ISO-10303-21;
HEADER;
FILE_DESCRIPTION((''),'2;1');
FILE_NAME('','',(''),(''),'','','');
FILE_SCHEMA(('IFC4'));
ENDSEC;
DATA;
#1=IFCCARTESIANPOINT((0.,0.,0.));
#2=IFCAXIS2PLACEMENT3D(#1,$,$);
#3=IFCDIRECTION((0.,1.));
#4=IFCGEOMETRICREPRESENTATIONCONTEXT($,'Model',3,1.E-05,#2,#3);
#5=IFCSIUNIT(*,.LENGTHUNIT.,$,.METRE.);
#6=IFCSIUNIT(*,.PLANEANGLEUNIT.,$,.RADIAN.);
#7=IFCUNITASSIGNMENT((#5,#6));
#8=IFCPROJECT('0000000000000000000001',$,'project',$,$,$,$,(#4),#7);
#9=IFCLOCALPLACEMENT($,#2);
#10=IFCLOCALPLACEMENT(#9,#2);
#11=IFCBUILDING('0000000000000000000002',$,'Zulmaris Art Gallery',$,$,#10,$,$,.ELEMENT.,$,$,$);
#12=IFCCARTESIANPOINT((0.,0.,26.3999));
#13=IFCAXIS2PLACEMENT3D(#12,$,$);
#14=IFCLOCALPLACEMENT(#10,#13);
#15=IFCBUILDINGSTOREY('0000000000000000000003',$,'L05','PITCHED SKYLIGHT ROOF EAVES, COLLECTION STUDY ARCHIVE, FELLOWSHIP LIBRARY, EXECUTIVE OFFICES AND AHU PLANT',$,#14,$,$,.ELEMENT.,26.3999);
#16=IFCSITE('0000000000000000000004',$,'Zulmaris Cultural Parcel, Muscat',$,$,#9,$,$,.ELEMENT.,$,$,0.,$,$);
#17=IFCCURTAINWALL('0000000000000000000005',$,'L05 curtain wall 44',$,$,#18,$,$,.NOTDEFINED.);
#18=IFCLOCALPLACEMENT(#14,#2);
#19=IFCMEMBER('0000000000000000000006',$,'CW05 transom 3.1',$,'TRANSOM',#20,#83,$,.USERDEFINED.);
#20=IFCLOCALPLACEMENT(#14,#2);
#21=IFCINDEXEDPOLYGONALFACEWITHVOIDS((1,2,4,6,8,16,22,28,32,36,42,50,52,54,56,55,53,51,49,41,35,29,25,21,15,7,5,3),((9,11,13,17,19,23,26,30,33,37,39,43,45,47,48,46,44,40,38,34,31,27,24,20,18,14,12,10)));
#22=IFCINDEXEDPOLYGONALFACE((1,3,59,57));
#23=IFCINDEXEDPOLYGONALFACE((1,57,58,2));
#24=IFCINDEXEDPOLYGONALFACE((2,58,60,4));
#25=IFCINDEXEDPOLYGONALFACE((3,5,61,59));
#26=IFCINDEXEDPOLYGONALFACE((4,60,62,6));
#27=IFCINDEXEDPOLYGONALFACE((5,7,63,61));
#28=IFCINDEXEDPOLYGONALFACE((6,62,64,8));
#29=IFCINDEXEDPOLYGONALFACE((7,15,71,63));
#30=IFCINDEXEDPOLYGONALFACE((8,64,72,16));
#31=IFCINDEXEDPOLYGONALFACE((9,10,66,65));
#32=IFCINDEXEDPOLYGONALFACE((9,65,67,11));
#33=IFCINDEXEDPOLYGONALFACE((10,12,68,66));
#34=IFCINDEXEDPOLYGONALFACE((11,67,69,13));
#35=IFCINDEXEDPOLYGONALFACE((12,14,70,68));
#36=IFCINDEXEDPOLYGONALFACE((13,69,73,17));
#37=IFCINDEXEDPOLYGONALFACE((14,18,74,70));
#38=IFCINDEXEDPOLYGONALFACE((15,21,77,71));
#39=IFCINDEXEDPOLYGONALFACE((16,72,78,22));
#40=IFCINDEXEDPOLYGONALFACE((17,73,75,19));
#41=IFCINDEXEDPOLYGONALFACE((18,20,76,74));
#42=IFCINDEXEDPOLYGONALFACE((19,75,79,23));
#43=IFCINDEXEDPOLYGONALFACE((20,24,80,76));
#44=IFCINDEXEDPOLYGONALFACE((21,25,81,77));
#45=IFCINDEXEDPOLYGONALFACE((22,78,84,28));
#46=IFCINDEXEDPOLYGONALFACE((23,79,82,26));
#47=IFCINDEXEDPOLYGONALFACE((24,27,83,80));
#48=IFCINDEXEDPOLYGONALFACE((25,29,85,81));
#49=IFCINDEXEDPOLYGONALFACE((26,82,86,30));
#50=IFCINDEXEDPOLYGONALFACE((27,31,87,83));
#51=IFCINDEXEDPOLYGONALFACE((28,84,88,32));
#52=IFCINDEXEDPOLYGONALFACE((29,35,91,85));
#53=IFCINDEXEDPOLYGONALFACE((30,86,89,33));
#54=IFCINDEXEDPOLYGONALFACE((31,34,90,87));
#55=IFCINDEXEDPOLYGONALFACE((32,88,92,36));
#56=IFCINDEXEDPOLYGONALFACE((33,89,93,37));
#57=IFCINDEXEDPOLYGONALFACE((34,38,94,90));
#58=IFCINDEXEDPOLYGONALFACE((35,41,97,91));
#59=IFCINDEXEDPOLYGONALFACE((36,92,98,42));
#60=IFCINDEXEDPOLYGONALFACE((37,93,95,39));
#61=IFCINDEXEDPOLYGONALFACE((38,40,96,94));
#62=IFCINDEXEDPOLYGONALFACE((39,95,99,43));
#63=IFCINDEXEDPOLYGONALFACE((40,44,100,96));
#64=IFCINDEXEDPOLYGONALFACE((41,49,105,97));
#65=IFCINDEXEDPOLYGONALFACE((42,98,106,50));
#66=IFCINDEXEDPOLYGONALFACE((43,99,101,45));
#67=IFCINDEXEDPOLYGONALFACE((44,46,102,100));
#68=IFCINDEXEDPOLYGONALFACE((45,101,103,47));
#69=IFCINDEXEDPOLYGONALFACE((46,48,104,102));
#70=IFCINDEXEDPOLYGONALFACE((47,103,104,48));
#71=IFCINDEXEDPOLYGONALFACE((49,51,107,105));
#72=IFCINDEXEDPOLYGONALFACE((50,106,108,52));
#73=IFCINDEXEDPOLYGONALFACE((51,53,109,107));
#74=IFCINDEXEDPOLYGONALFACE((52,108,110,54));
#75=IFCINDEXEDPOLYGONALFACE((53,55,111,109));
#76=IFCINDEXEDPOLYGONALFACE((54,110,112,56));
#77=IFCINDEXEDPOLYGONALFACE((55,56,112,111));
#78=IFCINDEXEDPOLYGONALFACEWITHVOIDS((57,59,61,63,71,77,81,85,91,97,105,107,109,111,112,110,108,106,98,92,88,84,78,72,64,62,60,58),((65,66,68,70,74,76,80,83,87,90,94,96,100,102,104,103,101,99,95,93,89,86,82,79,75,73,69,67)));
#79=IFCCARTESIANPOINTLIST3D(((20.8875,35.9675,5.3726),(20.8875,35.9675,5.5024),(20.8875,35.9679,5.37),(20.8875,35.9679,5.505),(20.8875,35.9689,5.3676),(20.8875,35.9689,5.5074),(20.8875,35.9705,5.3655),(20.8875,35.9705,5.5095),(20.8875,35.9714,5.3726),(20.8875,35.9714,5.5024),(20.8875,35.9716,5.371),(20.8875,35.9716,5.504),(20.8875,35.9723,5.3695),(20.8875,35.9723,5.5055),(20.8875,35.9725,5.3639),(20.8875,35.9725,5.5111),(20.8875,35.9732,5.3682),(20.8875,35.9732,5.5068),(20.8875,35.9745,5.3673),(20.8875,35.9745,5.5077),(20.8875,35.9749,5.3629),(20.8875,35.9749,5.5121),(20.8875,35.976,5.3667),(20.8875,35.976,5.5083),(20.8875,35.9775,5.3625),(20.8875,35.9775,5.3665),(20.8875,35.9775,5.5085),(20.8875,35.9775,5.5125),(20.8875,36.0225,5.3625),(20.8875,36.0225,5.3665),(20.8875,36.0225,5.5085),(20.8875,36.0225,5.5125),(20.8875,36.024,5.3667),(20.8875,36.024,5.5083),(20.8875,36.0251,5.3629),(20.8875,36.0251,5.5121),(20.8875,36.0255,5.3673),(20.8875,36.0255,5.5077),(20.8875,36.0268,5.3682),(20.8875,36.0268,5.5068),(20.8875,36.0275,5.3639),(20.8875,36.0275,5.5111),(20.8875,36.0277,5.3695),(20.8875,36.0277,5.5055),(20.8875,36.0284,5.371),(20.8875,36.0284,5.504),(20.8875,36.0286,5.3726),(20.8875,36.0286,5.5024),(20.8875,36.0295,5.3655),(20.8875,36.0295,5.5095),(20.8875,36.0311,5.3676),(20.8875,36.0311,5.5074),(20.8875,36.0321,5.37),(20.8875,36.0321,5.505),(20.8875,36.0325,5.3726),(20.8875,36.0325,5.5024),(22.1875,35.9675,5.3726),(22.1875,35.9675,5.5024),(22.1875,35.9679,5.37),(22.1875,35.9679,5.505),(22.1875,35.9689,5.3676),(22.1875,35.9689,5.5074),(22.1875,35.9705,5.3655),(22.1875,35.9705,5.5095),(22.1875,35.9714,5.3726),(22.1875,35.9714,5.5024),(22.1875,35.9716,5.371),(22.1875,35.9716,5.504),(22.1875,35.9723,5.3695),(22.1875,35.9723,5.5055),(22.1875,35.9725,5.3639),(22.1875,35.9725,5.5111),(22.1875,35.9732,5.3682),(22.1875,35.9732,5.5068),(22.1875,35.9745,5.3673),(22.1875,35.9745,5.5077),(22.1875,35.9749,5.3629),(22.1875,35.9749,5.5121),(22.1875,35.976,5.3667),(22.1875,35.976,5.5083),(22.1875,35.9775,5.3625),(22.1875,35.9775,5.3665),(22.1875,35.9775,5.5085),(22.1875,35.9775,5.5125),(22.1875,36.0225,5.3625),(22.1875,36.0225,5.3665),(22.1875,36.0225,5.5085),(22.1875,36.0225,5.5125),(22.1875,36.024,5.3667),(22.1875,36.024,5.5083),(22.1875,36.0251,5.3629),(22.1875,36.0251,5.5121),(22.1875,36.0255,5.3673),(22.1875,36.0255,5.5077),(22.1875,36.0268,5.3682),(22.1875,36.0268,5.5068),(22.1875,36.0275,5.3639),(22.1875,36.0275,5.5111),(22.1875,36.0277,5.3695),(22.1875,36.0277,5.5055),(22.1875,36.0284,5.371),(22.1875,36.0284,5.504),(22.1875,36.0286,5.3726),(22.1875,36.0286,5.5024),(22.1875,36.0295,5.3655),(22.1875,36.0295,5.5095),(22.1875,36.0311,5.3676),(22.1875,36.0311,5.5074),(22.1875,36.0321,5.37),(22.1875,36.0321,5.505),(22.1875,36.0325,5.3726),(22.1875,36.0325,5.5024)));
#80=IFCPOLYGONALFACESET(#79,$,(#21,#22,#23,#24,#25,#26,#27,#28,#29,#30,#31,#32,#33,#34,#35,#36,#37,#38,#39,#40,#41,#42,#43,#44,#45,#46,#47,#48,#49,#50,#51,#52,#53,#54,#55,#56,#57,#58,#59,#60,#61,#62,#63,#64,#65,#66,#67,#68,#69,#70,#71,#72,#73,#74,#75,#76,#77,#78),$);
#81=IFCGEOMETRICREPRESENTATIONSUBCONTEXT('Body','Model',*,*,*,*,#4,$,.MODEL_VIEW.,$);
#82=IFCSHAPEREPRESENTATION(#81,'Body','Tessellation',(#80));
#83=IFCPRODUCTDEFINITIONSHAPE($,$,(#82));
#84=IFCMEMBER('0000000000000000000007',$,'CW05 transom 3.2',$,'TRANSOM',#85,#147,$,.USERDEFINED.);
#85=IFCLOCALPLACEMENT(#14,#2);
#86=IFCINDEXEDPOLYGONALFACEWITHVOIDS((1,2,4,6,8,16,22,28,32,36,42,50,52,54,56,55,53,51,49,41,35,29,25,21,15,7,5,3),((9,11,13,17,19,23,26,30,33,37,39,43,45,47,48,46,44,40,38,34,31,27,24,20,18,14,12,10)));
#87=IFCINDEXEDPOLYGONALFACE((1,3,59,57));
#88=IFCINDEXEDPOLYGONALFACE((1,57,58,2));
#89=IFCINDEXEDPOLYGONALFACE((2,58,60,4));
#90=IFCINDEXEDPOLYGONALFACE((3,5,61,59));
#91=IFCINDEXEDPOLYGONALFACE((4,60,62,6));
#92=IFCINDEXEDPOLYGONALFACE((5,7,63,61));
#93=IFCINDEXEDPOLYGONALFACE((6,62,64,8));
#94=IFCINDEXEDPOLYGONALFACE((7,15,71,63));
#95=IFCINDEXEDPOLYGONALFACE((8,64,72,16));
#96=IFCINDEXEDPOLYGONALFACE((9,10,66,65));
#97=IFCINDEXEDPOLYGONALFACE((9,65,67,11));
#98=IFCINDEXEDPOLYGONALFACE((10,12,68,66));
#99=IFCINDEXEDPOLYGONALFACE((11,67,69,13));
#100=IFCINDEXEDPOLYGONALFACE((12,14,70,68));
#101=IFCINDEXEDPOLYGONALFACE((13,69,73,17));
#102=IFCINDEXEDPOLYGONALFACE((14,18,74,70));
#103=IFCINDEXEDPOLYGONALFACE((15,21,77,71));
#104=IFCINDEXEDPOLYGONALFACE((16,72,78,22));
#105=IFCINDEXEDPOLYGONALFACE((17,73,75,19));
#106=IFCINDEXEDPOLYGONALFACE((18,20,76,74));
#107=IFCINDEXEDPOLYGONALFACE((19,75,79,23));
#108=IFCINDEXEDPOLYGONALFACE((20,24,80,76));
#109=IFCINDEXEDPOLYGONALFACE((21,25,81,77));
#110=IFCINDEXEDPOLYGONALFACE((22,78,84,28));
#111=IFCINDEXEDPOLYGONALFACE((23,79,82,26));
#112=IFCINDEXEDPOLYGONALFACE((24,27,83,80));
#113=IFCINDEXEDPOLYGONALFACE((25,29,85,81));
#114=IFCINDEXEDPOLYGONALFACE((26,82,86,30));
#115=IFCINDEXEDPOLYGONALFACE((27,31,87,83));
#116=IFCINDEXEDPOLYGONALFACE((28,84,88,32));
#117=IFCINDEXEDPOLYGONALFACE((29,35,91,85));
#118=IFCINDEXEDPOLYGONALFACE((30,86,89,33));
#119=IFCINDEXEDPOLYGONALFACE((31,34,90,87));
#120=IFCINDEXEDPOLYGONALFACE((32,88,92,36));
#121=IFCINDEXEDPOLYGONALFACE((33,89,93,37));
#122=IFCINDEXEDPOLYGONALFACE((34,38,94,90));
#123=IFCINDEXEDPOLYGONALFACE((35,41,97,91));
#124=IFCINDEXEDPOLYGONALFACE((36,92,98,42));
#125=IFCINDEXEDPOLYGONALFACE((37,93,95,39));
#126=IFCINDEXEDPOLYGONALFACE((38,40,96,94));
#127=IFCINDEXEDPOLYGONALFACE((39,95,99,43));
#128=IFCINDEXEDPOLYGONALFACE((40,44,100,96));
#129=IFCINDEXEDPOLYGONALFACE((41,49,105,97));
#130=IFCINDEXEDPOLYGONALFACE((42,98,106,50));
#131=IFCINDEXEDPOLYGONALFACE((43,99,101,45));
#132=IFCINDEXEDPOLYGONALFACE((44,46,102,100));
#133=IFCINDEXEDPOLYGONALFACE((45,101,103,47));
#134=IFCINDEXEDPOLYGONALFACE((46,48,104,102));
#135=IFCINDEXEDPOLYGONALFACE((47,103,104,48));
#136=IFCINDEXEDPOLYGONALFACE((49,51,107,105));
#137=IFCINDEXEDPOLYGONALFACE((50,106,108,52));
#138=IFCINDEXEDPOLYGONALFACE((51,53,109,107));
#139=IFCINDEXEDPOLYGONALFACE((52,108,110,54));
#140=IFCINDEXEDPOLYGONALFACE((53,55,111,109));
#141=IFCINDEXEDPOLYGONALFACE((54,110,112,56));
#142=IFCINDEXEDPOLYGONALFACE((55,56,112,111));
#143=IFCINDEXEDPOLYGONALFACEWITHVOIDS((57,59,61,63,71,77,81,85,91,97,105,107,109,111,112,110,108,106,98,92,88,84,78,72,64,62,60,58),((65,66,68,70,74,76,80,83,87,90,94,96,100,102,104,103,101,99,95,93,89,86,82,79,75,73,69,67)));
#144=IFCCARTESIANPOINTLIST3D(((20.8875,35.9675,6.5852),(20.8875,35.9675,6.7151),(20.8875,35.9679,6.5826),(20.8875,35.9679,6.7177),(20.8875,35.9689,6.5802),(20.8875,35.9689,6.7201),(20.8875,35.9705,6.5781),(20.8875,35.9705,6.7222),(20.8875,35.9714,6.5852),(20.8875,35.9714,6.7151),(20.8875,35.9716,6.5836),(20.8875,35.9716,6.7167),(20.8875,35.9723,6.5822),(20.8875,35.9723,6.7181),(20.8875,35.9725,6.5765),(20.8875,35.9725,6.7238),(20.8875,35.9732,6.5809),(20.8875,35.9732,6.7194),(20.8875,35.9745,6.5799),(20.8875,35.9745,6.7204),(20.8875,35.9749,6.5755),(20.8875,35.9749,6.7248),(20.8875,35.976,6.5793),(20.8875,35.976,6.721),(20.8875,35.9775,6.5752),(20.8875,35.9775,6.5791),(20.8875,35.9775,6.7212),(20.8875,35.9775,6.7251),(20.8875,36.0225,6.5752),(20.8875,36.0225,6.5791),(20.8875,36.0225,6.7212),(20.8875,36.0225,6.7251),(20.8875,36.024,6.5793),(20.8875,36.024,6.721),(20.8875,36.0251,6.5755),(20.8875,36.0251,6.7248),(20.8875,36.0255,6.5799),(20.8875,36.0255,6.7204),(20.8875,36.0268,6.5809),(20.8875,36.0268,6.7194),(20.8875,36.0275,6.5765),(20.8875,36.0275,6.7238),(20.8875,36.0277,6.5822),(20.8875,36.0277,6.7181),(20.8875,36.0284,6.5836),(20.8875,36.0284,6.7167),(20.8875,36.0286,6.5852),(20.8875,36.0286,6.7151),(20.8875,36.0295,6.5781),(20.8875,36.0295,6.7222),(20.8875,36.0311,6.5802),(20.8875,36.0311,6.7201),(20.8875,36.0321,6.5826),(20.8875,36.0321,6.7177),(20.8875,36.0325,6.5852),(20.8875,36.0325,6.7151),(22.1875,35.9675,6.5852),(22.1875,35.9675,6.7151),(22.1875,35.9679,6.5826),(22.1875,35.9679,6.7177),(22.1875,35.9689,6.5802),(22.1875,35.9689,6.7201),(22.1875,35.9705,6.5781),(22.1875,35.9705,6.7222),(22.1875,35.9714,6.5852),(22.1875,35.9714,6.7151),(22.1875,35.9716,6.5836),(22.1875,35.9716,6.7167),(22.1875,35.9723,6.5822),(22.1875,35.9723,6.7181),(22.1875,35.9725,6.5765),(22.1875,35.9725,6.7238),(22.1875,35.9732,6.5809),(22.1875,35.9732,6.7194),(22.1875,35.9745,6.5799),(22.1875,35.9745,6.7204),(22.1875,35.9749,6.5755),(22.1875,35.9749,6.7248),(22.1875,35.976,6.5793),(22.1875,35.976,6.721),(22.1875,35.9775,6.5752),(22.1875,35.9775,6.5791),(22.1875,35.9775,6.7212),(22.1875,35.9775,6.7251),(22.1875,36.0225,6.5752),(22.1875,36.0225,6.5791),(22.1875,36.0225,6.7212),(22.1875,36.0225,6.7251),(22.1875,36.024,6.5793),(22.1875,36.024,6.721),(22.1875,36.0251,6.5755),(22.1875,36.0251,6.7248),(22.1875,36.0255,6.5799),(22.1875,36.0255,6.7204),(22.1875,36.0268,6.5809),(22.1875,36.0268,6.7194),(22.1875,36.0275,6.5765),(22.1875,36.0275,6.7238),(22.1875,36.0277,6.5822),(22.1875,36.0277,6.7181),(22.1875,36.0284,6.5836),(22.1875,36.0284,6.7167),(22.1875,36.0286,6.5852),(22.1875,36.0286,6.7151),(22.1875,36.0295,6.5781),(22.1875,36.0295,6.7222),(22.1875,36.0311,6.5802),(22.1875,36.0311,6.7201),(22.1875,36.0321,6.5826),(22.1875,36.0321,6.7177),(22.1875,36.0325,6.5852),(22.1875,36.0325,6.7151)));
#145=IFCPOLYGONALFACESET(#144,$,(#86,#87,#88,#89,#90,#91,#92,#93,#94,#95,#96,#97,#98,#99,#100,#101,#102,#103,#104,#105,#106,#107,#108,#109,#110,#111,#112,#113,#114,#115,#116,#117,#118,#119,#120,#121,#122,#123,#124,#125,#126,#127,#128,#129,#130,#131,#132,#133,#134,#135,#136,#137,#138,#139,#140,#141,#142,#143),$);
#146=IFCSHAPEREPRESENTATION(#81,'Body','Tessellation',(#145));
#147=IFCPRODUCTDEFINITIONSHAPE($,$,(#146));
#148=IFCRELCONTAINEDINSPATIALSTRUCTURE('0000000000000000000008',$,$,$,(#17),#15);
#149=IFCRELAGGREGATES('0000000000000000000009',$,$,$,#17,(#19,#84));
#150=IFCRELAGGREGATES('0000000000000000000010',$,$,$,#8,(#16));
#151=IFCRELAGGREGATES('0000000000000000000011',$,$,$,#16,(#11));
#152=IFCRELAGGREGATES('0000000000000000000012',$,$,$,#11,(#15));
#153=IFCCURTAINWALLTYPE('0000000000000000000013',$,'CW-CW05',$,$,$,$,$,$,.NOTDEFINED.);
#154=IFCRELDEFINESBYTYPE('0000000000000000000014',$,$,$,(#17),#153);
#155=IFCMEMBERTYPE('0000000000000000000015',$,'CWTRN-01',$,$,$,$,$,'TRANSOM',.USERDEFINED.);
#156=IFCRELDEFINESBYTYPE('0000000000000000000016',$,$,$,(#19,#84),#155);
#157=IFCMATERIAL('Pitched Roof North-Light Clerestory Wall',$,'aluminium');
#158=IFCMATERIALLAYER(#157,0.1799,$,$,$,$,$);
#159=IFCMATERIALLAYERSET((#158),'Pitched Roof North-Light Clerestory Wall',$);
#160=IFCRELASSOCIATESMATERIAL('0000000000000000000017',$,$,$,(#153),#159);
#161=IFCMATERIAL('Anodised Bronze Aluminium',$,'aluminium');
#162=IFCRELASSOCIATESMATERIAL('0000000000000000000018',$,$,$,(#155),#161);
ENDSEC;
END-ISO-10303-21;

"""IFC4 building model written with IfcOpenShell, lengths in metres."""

from ifc_helpers import new_model, si_unit, direction, frame, origin, origin_2d, place, context, subcontext, project, spatial, hollow_rectangle, extrude, material, layer, layer_set, material_profile, profile_set, type_object, element, aggregate, save


model = new_model("IFC4")

# Units and contexts
model_context = context("Model", 3, precision=1e-05, world=origin(), true_north=direction((0.0, 1.0)))
body_context = subcontext(model_context, "Body", "Model", "MODEL_VIEW")
ifc_project = project(units=[si_unit("LENGTHUNIT", "METRE"), si_unit("PLANEANGLEUNIT", "RADIAN")], contexts=[model_context])

# Site, building, storey
site_placement = place(None, origin())
site = spatial("IfcSite", under=ifc_project, at=site_placement, Name="Zulmaris Cultural Parcel, Muscat", CompositionType="ELEMENT", RefElevation=0.0)
building_placement = place(site_placement, origin())
building = spatial("IfcBuilding", under=site, at=building_placement, Name="Zulmaris Art Gallery", CompositionType="ELEMENT")
storey_placement = place(building_placement, frame((0.0, 0.0, 26.3999)))
storey = spatial("IfcBuildingStorey", under=building, at=storey_placement, Name="L05", Description="PITCHED SKYLIGHT ROOF EAVES, COLLECTION STUDY ARCHIVE, FELLOWSHIP LIBRARY, EXECUTIVE OFFICES AND AHU PLANT", CompositionType="ELEMENT", Elevation=26.3999)

# Curtain wall
ifc_material_1 = material(Name="Pitched Roof North-Light Clerestory Wall", Category="aluminium")
ifc_layer_1 = layer(ifc_material_1, 0.1799)
ifc_layer_set_1 = layer_set([ifc_layer_1], Name="Pitched Roof North-Light Clerestory Wall")
curtain_wall_type = type_object("IfcCurtainWallType", Name="CW-CW05", PredefinedType="NOTDEFINED", material=ifc_layer_set_1)
curtain_wall_1_placement = place(storey_placement, origin())
curtain_wall_1 = element("IfcCurtainWall", 1, at=curtain_wall_1_placement, inside=storey, type_object=curtain_wall_type, Name="L05 curtain wall 44", PredefinedType="NOTDEFINED")
ifc_material_2 = material(Name="Anodised Bronze Aluminium", Category="aluminium")

# Members
ifc_material_profile_1 = material_profile(ifc_material_2, hollow_rectangle(XDim=0.0649, YDim=0.1499, WallThickness=0.0039, InnerFilletRadius=0.0061, OuterFilletRadius=0.01, at=origin_2d()), Name="ALU 65x150x4")
ifc_profile_set_1 = profile_set([ifc_material_profile_1], Name="Anodised Bronze Aluminium")
member_type_1 = type_object("IfcMemberType", Name="CWTRN-01", ElementType="TRANSOM", PredefinedType="USERDEFINED", material=ifc_profile_set_1)
member_1_placement = place(storey_placement, frame((20.8875, 36.0, 5.4375), z_axis=(1.0, 0.0, 0.0), x_axis=(0.0, 1.0, 0.0)))
member_1 = element("IfcMember", 2, at=member_1_placement, type_object=member_type_1, Name="CW05 transom 3.1", ObjectType="TRANSOM", PredefinedType="USERDEFINED", context=body_context, shape_type="SweptSolid", body=[
    extrude(hollow_rectangle(XDim=0.0649, YDim=0.1499, WallThickness=0.0039, InnerFilletRadius=0.0061, OuterFilletRadius=0.01, at=origin_2d()), origin(), (0.0, 0.0, 1.0), 1.3),
])
member_2_placement = place(storey_placement, frame((20.8875, 36.0, 6.6501), z_axis=(1.0, 0.0, 0.0), x_axis=(0.0, 1.0, 0.0)))
member_2 = element("IfcMember", 3, at=member_2_placement, type_object=member_type_1, Name="CW05 transom 3.2", ObjectType="TRANSOM", PredefinedType="USERDEFINED", context=body_context, shape_type="SweptSolid", body=[
    extrude(hollow_rectangle(XDim=0.0649, YDim=0.1499, WallThickness=0.0039, InnerFilletRadius=0.0061, OuterFilletRadius=0.01, at=origin_2d()), origin(), (0.0, 0.0, 1.0), 1.3),
])

aggregate(curtain_wall_1, [member_1, member_2])

save(model, "model.ifc")
